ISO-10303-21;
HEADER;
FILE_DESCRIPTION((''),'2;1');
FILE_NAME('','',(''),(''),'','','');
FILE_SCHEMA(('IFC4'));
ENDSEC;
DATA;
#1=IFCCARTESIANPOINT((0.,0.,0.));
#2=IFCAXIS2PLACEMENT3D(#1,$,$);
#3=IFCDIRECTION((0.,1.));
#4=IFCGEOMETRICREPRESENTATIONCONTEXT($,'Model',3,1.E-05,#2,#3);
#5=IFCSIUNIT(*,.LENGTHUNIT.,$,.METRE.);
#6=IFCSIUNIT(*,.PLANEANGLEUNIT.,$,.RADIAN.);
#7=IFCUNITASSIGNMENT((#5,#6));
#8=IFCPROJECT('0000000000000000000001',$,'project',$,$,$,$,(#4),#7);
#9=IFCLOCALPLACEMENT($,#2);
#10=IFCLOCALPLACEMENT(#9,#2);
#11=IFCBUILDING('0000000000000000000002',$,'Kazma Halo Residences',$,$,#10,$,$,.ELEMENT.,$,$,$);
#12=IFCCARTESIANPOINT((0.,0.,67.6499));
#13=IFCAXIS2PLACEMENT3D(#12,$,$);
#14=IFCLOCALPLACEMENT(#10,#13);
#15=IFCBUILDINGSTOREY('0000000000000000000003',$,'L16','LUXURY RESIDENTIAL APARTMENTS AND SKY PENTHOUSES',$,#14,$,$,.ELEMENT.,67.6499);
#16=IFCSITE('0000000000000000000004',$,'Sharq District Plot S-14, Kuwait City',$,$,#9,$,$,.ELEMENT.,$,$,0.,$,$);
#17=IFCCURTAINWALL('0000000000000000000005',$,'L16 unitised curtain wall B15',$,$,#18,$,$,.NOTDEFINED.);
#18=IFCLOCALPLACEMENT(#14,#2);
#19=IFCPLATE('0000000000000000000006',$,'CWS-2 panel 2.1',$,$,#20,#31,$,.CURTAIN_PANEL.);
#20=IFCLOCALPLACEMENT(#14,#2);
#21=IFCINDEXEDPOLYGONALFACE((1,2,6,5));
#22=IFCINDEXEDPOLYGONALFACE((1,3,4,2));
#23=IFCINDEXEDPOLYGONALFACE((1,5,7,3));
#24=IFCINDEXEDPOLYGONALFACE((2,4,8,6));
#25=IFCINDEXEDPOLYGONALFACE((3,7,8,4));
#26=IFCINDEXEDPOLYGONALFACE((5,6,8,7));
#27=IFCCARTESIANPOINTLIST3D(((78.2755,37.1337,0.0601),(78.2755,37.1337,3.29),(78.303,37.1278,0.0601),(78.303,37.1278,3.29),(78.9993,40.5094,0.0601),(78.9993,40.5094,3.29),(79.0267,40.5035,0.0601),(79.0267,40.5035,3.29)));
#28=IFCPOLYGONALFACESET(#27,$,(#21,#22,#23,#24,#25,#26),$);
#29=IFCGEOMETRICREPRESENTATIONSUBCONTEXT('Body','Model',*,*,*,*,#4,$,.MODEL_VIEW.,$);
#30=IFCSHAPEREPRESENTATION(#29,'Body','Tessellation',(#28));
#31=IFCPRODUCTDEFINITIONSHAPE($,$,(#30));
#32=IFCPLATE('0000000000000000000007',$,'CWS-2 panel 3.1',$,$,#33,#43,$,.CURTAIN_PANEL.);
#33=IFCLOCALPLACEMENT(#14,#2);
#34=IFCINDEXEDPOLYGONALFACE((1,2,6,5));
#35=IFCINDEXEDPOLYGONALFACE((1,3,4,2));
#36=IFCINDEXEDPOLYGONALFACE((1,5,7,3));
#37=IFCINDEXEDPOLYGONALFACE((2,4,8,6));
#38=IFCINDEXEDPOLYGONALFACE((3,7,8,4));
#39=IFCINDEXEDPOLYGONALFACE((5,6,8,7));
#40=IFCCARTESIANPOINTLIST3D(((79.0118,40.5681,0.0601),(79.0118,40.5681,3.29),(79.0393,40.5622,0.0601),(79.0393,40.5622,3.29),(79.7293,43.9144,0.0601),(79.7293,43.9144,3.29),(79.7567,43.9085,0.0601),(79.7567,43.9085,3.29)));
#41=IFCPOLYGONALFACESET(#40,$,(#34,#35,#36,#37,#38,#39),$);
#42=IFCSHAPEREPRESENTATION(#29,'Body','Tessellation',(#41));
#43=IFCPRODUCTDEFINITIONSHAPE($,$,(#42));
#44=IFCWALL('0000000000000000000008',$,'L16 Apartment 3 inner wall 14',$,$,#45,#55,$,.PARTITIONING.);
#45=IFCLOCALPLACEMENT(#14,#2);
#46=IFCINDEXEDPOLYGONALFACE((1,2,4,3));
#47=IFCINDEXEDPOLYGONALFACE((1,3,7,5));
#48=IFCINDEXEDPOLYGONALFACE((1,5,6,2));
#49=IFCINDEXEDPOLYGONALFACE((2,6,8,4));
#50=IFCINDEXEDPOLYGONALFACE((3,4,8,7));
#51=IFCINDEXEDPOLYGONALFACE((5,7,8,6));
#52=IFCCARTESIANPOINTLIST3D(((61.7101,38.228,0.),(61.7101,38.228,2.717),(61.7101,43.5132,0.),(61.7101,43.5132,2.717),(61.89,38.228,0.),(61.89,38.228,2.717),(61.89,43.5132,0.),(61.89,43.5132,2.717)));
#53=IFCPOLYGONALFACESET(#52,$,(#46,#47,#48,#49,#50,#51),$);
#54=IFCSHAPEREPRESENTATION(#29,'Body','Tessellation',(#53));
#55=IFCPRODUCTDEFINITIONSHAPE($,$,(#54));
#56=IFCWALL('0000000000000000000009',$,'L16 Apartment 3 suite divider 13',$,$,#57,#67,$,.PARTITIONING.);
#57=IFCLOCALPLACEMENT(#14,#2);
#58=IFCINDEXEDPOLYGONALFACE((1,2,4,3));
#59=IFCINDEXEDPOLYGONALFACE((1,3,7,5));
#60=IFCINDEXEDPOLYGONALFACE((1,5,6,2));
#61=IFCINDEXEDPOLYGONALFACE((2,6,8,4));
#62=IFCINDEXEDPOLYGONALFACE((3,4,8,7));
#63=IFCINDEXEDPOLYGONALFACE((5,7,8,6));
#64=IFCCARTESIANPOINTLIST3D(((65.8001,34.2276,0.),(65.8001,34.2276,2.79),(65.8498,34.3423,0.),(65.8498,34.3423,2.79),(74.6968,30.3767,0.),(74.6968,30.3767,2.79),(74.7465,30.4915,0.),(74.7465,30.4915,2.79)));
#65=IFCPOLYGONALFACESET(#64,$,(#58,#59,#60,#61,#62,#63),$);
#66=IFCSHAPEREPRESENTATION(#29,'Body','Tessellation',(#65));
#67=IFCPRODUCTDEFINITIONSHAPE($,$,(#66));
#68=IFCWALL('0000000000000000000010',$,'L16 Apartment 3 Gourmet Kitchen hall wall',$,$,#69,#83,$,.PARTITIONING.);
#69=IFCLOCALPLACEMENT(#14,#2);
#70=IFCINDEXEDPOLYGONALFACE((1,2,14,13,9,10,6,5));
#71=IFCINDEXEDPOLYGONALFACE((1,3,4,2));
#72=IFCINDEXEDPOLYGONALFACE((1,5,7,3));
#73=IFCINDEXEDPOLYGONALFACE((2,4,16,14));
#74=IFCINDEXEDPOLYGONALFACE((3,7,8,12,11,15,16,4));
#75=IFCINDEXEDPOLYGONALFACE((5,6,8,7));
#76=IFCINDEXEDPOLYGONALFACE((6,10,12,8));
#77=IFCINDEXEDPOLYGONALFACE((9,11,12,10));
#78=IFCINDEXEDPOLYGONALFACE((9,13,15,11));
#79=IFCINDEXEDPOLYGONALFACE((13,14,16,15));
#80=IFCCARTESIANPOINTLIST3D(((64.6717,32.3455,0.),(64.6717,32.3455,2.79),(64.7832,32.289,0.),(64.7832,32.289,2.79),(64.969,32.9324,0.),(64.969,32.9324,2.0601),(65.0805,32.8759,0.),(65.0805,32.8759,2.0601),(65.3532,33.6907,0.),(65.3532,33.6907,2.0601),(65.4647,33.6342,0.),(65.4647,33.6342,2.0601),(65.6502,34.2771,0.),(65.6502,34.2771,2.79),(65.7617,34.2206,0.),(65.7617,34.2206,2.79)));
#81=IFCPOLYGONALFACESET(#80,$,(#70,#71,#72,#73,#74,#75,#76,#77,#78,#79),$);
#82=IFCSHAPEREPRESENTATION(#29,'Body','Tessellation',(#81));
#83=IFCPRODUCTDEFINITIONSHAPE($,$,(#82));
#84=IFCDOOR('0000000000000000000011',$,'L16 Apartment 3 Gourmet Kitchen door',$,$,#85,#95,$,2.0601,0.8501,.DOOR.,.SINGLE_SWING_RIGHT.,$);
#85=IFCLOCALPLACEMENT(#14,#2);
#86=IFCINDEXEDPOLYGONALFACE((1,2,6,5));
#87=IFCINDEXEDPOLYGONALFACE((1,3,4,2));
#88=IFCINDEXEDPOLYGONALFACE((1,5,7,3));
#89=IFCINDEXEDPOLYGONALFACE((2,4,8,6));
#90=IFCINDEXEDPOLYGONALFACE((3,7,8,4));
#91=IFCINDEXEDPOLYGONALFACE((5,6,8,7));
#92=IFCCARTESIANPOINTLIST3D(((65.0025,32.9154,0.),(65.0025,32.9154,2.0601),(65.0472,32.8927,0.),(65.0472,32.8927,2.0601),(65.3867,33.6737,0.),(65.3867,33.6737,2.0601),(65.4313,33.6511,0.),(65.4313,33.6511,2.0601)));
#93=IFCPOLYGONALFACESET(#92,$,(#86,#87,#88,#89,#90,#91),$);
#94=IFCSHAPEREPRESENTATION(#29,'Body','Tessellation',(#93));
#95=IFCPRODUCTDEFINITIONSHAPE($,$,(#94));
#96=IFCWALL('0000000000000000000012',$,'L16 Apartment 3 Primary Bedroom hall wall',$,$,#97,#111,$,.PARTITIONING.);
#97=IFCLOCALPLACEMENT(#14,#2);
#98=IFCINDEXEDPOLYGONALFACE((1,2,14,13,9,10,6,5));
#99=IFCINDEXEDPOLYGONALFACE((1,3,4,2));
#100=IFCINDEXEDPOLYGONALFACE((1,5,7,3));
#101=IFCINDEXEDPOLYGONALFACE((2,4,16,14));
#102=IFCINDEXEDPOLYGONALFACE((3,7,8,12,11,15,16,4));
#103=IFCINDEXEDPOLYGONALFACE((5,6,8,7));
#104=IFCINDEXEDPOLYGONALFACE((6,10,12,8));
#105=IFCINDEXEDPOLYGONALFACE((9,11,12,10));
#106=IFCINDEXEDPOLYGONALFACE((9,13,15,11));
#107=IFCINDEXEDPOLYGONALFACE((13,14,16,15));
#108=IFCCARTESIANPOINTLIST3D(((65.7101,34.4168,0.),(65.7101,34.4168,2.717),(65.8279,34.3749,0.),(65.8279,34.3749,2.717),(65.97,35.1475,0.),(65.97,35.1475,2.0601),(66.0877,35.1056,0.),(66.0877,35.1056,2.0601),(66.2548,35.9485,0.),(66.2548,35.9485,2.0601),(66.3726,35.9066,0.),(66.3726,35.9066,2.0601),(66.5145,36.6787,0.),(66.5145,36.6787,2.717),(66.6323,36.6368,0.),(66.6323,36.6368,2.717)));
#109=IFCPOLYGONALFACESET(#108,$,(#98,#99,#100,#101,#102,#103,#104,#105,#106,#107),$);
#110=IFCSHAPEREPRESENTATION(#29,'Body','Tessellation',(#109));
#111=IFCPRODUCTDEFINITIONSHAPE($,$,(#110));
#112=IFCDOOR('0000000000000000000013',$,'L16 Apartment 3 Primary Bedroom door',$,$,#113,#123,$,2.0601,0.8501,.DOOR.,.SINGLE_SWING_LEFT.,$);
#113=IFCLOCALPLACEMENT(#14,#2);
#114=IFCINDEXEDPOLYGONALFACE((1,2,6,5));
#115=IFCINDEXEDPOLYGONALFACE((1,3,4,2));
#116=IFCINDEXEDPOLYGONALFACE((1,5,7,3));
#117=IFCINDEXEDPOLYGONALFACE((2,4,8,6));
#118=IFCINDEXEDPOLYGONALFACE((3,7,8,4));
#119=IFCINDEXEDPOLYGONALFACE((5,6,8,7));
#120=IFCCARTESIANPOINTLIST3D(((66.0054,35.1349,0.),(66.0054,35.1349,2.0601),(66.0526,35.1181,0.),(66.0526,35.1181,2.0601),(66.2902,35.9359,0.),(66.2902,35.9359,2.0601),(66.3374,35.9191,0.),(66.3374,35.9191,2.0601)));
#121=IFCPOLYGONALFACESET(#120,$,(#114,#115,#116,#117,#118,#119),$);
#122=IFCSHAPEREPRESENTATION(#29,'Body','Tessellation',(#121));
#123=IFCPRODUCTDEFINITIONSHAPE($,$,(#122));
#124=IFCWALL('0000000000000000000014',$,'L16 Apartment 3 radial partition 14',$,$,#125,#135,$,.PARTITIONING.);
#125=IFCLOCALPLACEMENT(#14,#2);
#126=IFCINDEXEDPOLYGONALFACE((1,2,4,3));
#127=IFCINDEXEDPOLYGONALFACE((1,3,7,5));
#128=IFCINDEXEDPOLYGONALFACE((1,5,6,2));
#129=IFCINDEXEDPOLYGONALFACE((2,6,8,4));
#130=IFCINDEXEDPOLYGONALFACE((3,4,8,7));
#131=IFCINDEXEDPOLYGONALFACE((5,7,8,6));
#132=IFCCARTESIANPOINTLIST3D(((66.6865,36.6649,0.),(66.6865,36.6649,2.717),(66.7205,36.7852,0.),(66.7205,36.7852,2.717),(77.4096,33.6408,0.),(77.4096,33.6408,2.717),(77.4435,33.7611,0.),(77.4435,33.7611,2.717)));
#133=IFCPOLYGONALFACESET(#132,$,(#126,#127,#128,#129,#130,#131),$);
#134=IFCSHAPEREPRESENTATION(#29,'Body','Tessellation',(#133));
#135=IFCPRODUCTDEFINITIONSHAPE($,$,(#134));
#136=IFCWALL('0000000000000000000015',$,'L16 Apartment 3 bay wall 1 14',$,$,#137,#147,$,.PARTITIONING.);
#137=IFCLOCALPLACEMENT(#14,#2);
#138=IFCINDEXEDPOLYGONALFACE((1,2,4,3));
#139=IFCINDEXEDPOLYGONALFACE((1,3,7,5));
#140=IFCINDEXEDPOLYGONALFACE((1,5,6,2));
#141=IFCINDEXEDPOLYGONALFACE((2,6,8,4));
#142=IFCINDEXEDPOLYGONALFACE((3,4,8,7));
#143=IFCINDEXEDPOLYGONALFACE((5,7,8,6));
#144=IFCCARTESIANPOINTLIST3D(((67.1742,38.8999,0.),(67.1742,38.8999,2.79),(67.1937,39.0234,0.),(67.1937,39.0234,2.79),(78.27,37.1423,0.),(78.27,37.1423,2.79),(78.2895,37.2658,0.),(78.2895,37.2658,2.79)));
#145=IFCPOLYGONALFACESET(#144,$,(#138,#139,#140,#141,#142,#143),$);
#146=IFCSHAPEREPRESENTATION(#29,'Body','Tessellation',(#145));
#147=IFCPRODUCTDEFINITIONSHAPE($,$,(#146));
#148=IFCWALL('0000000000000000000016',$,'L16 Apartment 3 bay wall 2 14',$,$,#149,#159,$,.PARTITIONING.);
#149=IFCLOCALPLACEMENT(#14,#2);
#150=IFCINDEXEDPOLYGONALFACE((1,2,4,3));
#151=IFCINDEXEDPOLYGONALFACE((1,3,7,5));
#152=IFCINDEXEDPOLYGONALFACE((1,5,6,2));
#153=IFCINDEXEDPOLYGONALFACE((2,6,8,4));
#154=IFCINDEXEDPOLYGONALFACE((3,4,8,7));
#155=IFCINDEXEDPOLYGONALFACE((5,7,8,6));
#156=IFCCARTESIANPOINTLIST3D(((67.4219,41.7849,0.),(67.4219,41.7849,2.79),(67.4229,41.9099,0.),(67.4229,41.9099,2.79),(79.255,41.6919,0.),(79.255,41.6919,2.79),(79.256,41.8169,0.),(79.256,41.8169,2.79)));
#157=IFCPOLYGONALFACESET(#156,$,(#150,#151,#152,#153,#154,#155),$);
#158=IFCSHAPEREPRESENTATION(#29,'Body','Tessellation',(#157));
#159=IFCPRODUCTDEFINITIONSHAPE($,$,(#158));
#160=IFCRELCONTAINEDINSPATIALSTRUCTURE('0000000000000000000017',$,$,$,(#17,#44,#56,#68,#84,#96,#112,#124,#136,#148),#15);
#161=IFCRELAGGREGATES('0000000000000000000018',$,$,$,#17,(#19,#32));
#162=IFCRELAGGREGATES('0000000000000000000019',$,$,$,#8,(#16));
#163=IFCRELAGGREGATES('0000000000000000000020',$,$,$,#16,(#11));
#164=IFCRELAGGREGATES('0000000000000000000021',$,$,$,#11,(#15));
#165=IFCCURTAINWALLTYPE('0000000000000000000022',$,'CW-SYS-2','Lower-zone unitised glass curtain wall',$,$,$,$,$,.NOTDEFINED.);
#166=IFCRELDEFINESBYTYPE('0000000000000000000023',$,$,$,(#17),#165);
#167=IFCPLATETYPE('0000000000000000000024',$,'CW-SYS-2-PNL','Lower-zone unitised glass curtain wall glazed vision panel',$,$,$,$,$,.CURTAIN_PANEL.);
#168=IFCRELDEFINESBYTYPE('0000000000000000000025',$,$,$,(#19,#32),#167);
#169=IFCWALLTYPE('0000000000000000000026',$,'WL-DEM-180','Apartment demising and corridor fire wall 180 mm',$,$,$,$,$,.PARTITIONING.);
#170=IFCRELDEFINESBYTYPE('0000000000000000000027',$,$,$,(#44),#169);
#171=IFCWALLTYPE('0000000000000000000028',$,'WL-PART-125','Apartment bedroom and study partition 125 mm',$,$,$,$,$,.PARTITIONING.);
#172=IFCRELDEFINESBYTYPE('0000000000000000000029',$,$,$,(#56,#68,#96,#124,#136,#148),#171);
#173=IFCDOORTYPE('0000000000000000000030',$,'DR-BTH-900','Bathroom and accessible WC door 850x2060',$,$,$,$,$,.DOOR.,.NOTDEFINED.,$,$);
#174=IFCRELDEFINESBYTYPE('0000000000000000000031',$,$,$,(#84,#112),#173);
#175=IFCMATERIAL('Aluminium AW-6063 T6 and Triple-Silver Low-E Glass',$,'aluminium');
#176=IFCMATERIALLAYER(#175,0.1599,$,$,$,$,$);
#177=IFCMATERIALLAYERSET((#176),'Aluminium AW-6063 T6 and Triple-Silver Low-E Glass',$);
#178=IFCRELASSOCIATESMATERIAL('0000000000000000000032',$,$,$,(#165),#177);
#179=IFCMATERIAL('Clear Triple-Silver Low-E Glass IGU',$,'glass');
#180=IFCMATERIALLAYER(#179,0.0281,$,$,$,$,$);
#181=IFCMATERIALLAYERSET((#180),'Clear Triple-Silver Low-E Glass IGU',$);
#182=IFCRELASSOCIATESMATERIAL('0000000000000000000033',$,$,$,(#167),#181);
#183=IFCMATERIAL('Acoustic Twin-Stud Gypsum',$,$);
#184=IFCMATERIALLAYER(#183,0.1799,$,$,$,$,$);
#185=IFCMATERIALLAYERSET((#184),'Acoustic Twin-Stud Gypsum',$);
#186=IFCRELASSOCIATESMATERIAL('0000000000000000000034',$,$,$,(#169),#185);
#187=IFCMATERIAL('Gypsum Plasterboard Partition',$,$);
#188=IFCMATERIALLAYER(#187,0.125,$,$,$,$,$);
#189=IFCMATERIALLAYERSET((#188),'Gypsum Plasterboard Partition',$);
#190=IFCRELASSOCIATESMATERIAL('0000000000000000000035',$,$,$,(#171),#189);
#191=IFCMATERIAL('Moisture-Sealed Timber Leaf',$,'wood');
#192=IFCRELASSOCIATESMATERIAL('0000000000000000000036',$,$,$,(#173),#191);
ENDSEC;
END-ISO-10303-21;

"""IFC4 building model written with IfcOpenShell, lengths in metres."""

from ifc_helpers import new_model, si_unit, direction, frame, frame_2d, origin, origin_2d, place, context, subcontext, project, spatial, rectangle, extrude, material, layer, layer_set, type_object, element, fill, aggregate, save


model = new_model("IFC4")

# Units and contexts
model_context = context("Model", 3, precision=1e-05, world=origin(), true_north=direction((0.0, 1.0)))
body_context = subcontext(model_context, "Body", "Model", "MODEL_VIEW")
ifc_project = project(units=[si_unit("LENGTHUNIT", "METRE"), si_unit("PLANEANGLEUNIT", "RADIAN")], contexts=[model_context])

# Site, building, storey
site_placement = place(None, origin())
site = spatial("IfcSite", under=ifc_project, at=site_placement, Name="Sharq District Plot S-14, Kuwait City", CompositionType="ELEMENT", RefElevation=0.0)
building_placement = place(site_placement, origin())
building = spatial("IfcBuilding", under=site, at=building_placement, Name="Kazma Halo Residences", CompositionType="ELEMENT")
storey_placement = place(building_placement, frame((0.0, 0.0, 67.6499)))
storey = spatial("IfcBuildingStorey", under=building, at=storey_placement, Name="L16", Description="LUXURY RESIDENTIAL APARTMENTS AND SKY PENTHOUSES", CompositionType="ELEMENT", Elevation=67.6499)

# Curtain wall, plates
ifc_material_1 = material(Name="Aluminium AW-6063 T6 and Triple-Silver Low-E Glass", Category="aluminium")
ifc_layer_1 = layer(ifc_material_1, 0.1599)
ifc_layer_set_1 = layer_set([ifc_layer_1], Name="Aluminium AW-6063 T6 and Triple-Silver Low-E Glass")
curtain_wall_type = type_object("IfcCurtainWallType", Name="CW-SYS-2", Description="Lower-zone unitised glass curtain wall", PredefinedType="NOTDEFINED", material=ifc_layer_set_1)
curtain_wall_placement = place(storey_placement, origin())
curtain_wall = element("IfcCurtainWall", 1, at=curtain_wall_placement, inside=storey, type_object=curtain_wall_type, Name="L16 unitised curtain wall B15", PredefinedType="NOTDEFINED")
ifc_material_2 = material(Name="Clear Triple-Silver Low-E Glass IGU", Category="glass")
ifc_layer_2 = layer(ifc_material_2, 0.0281)
ifc_layer_set_2 = layer_set([ifc_layer_2], Name="Clear Triple-Silver Low-E Glass IGU")
plate_type = type_object("IfcPlateType", Name="CW-SYS-2-PNL", Description="Lower-zone unitised glass curtain wall glazed vision panel", PredefinedType="CURTAIN_PANEL", material=ifc_layer_set_2)
plate_1_placement = place(storey_placement, frame((78.6511, 38.8186, 0.0601), z_axis=(0.0, 0.0, 1.0), x_axis=(0.209637, 0.977779, 0.0)))
plate_1 = element("IfcPlate", 2, at=plate_1_placement, type_object=plate_type, Name="CWS-2 panel 2.1", PredefinedType="CURTAIN_PANEL", context=body_context, shape_type="SweptSolid", body=[
    extrude(rectangle(XDim=3.4524, YDim=0.0281, at=origin_2d()), origin(), (0.0, 0.0, 1.0), 3.23),
])
plate_2_placement = place(storey_placement, frame((79.3843, 42.2383, 0.0601), z_axis=(0.0, 0.0, 1.0), x_axis=(0.209637, 0.977779, 0.0)))
plate_2 = element("IfcPlate", 3, at=plate_2_placement, type_object=plate_type, Name="CWS-2 panel 3.1", PredefinedType="CURTAIN_PANEL", context=body_context, shape_type="SweptSolid", body=[
    extrude(rectangle(XDim=3.4224, YDim=0.0281, at=origin_2d()), origin(), (0.0, 0.0, 1.0), 3.23),
])
aggregate(curtain_wall, [plate_1, plate_2])

# Walls
ifc_material_3 = material(Name="Acoustic Twin-Stud Gypsum")
ifc_layer_3 = layer(ifc_material_3, 0.1799)
ifc_layer_set_3 = layer_set([ifc_layer_3], Name="Acoustic Twin-Stud Gypsum")
wall_type_1 = type_object("IfcWallType", Name="WL-DEM-180", Description="Apartment demising and corridor fire wall 180 mm", PredefinedType="PARTITIONING", material=ifc_layer_set_3)
wall_1_placement = place(storey_placement, frame((61.8, 38.228, 0.0), z_axis=(0.0, 0.0, 1.0), x_axis=(0.0, 1.0, 0.0)))
element("IfcWall", 4, at=wall_1_placement, inside=storey, type_object=wall_type_1, Name="L16 Apartment 3 inner wall 14", PredefinedType="PARTITIONING", context=body_context, shape_type="SweptSolid", body=[
    extrude(rectangle(XDim=5.2852, YDim=0.1799, at=frame_2d((2.6426, 0.0))), origin(), (0.0, 0.0, 1.0), 2.717),
])
ifc_material_4 = material(Name="Gypsum Plasterboard Partition")
ifc_layer_4 = layer(ifc_material_4, 0.125)
ifc_layer_set_4 = layer_set([ifc_layer_4], Name="Gypsum Plasterboard Partition")
wall_type_2 = type_object("IfcWallType", Name="WL-PART-125", Description="Apartment bedroom and study partition 125 mm", PredefinedType="PARTITIONING", material=ifc_layer_set_4)
wall_2_placement = place(storey_placement, frame((65.825, 34.2849, 0.0), z_axis=(0.0, 0.0, 1.0), x_axis=(0.917722, -0.397224, 0.0)))
element("IfcWall", 5, at=wall_2_placement, inside=storey, type_object=wall_type_2, Name="L16 Apartment 3 suite divider 13", PredefinedType="PARTITIONING", context=body_context, shape_type="SweptSolid", body=[
    extrude(rectangle(XDim=9.6943, YDim=0.125, at=frame_2d((4.8472, 0.0))), origin(), (0.0, 0.0, 1.0), 2.79),
])

# Walls, openings, doors
wall_3_placement = place(storey_placement, frame((64.7275, 32.3174, 0.0), z_axis=(0.0, 0.0, 1.0), x_axis=(0.451898, 0.89207, 0.0)))
wall_3 = element("IfcWall", 6, at=wall_3_placement, inside=storey, type_object=wall_type_2, Name="L16 Apartment 3 Gourmet Kitchen hall wall", PredefinedType="PARTITIONING", context=body_context, shape_type="SweptSolid", body=[
    extrude(rectangle(XDim=2.1653, YDim=0.125, at=frame_2d((1.0825, 0.0))), origin(), (0.0, 0.0, 1.0), 2.79),
])
opening_1_placement = place(wall_3_placement, frame((0.6577, 0.0, 0.0)))
opening_1 = element("IfcOpeningElement", 7, at=opening_1_placement, cuts=wall_3, PredefinedType="OPENING", context=body_context, shape_type="SweptSolid", body=[
    extrude(rectangle(XDim=0.8501, YDim=2.0601, at=frame_2d((0.425, 1.03))), frame((0.0, 0.0725, 0.0), z_axis=(0.0, -1.0, 0.0), x_axis=(1.0, 0.0, 0.0)), (0.0, 0.0, 1.0), 0.145),
])
ifc_material_5 = material(Name="Moisture-Sealed Timber Leaf", Category="wood")
door_type = type_object("IfcDoorType", Name="DR-BTH-900", Description="Bathroom and accessible WC door 850x2060", OperationType="NOTDEFINED", PredefinedType="DOOR", material=ifc_material_5)
door_1_placement = place(opening_1_placement, origin())
door_1 = element("IfcDoor", 8, at=door_1_placement, inside=storey, type_object=door_type, Name="L16 Apartment 3 Gourmet Kitchen door", OperationType="SINGLE_SWING_RIGHT", OverallHeight=2.0601, OverallWidth=0.8501, PredefinedType="DOOR", context=body_context, shape_type="SweptSolid", body=[
    extrude(rectangle(XDim=0.8501, YDim=2.0601, at=frame_2d((0.425, 1.03))), frame((0.0, 0.0249, 0.0), z_axis=(0.0, -1.0, 0.0), x_axis=(1.0, 0.0, 0.0)), (0.0, 0.0, 1.0), 0.05),
])
fill(opening_1, door_1)
wall_4_placement = place(storey_placement, frame((65.769, 34.396, 0.0), z_axis=(0.0, 0.0, 1.0), x_axis=(0.33508, 0.94219, 0.0)))
wall_4 = element("IfcWall", 9, at=wall_4_placement, inside=storey, type_object=wall_type_2, Name="L16 Apartment 3 Primary Bedroom hall wall", PredefinedType="PARTITIONING", context=body_context, shape_type="SweptSolid", body=[
    extrude(rectangle(XDim=2.4006, YDim=0.125, at=frame_2d((1.2002, 0.0))), origin(), (0.0, 0.0, 1.0), 2.717),
])
opening_2_placement = place(wall_4_placement, frame((0.7754, 0.0, 0.0)))
opening_2 = element("IfcOpeningElement", 10, at=opening_2_placement, cuts=wall_4, PredefinedType="OPENING", context=body_context, shape_type="SweptSolid", body=[
    extrude(rectangle(XDim=0.8501, YDim=2.0601, at=frame_2d((0.425, 1.03))), frame((0.0, 0.0725, 0.0), z_axis=(0.0, -1.0, 0.0), x_axis=(1.0, 0.0, 0.0)), (0.0, 0.0, 1.0), 0.145),
])
door_2_placement = place(opening_2_placement, origin())
door_2 = element("IfcDoor", 11, at=door_2_placement, inside=storey, type_object=door_type, Name="L16 Apartment 3 Primary Bedroom door", OperationType="SINGLE_SWING_LEFT", OverallHeight=2.0601, OverallWidth=0.8501, PredefinedType="DOOR", context=body_context, shape_type="SweptSolid", body=[
    extrude(rectangle(XDim=0.8501, YDim=2.0601, at=frame_2d((0.425, 1.03))), frame((0.0, 0.0249, 0.0), z_axis=(0.0, -1.0, 0.0), x_axis=(1.0, 0.0, 0.0)), (0.0, 0.0, 1.0), 0.05),
])
fill(opening_2, door_2)

# Walls
wall_5_placement = place(storey_placement, frame((66.7034, 36.7251, 0.0), z_axis=(0.0, 0.0, 1.0), x_axis=(0.962457, -0.271435, 0.0)))
element("IfcWall", 12, at=wall_5_placement, inside=storey, type_object=wall_type_2, Name="L16 Apartment 3 radial partition 14", PredefinedType="PARTITIONING", context=body_context, shape_type="SweptSolid", body=[
    extrude(rectangle(XDim=11.1414, YDim=0.125, at=frame_2d((5.5708, 0.0))), origin(), (0.0, 0.0, 1.0), 2.717),
])
wall_6_placement = place(storey_placement, frame((67.1838, 38.9617, 0.0), z_axis=(0.0, 0.0, 1.0), x_axis=(0.987686, -0.15645, 0.0)))
element("IfcWall", 13, at=wall_6_placement, inside=storey, type_object=wall_type_2, Name="L16 Apartment 3 bay wall 1 14", PredefinedType="PARTITIONING", context=body_context, shape_type="SweptSolid", body=[
    extrude(rectangle(XDim=11.2341, YDim=0.125, at=frame_2d((5.6172, 0.0))), origin(), (0.0, 0.0, 1.0), 2.79),
])
wall_7_placement = place(storey_placement, frame((67.4224, 41.8474, 0.0), z_axis=(0.0, 0.0, 1.0), x_axis=(0.999969, -0.00786, 0.0)))
element("IfcWall", 14, at=wall_7_placement, inside=storey, type_object=wall_type_2, Name="L16 Apartment 3 bay wall 2 14", PredefinedType="PARTITIONING", context=body_context, shape_type="SweptSolid", body=[
    extrude(rectangle(XDim=11.8335, YDim=0.125, at=frame_2d((5.9167, 0.0))), origin(), (0.0, 0.0, 1.0), 2.79),
])

save(model, "model.ifc")
